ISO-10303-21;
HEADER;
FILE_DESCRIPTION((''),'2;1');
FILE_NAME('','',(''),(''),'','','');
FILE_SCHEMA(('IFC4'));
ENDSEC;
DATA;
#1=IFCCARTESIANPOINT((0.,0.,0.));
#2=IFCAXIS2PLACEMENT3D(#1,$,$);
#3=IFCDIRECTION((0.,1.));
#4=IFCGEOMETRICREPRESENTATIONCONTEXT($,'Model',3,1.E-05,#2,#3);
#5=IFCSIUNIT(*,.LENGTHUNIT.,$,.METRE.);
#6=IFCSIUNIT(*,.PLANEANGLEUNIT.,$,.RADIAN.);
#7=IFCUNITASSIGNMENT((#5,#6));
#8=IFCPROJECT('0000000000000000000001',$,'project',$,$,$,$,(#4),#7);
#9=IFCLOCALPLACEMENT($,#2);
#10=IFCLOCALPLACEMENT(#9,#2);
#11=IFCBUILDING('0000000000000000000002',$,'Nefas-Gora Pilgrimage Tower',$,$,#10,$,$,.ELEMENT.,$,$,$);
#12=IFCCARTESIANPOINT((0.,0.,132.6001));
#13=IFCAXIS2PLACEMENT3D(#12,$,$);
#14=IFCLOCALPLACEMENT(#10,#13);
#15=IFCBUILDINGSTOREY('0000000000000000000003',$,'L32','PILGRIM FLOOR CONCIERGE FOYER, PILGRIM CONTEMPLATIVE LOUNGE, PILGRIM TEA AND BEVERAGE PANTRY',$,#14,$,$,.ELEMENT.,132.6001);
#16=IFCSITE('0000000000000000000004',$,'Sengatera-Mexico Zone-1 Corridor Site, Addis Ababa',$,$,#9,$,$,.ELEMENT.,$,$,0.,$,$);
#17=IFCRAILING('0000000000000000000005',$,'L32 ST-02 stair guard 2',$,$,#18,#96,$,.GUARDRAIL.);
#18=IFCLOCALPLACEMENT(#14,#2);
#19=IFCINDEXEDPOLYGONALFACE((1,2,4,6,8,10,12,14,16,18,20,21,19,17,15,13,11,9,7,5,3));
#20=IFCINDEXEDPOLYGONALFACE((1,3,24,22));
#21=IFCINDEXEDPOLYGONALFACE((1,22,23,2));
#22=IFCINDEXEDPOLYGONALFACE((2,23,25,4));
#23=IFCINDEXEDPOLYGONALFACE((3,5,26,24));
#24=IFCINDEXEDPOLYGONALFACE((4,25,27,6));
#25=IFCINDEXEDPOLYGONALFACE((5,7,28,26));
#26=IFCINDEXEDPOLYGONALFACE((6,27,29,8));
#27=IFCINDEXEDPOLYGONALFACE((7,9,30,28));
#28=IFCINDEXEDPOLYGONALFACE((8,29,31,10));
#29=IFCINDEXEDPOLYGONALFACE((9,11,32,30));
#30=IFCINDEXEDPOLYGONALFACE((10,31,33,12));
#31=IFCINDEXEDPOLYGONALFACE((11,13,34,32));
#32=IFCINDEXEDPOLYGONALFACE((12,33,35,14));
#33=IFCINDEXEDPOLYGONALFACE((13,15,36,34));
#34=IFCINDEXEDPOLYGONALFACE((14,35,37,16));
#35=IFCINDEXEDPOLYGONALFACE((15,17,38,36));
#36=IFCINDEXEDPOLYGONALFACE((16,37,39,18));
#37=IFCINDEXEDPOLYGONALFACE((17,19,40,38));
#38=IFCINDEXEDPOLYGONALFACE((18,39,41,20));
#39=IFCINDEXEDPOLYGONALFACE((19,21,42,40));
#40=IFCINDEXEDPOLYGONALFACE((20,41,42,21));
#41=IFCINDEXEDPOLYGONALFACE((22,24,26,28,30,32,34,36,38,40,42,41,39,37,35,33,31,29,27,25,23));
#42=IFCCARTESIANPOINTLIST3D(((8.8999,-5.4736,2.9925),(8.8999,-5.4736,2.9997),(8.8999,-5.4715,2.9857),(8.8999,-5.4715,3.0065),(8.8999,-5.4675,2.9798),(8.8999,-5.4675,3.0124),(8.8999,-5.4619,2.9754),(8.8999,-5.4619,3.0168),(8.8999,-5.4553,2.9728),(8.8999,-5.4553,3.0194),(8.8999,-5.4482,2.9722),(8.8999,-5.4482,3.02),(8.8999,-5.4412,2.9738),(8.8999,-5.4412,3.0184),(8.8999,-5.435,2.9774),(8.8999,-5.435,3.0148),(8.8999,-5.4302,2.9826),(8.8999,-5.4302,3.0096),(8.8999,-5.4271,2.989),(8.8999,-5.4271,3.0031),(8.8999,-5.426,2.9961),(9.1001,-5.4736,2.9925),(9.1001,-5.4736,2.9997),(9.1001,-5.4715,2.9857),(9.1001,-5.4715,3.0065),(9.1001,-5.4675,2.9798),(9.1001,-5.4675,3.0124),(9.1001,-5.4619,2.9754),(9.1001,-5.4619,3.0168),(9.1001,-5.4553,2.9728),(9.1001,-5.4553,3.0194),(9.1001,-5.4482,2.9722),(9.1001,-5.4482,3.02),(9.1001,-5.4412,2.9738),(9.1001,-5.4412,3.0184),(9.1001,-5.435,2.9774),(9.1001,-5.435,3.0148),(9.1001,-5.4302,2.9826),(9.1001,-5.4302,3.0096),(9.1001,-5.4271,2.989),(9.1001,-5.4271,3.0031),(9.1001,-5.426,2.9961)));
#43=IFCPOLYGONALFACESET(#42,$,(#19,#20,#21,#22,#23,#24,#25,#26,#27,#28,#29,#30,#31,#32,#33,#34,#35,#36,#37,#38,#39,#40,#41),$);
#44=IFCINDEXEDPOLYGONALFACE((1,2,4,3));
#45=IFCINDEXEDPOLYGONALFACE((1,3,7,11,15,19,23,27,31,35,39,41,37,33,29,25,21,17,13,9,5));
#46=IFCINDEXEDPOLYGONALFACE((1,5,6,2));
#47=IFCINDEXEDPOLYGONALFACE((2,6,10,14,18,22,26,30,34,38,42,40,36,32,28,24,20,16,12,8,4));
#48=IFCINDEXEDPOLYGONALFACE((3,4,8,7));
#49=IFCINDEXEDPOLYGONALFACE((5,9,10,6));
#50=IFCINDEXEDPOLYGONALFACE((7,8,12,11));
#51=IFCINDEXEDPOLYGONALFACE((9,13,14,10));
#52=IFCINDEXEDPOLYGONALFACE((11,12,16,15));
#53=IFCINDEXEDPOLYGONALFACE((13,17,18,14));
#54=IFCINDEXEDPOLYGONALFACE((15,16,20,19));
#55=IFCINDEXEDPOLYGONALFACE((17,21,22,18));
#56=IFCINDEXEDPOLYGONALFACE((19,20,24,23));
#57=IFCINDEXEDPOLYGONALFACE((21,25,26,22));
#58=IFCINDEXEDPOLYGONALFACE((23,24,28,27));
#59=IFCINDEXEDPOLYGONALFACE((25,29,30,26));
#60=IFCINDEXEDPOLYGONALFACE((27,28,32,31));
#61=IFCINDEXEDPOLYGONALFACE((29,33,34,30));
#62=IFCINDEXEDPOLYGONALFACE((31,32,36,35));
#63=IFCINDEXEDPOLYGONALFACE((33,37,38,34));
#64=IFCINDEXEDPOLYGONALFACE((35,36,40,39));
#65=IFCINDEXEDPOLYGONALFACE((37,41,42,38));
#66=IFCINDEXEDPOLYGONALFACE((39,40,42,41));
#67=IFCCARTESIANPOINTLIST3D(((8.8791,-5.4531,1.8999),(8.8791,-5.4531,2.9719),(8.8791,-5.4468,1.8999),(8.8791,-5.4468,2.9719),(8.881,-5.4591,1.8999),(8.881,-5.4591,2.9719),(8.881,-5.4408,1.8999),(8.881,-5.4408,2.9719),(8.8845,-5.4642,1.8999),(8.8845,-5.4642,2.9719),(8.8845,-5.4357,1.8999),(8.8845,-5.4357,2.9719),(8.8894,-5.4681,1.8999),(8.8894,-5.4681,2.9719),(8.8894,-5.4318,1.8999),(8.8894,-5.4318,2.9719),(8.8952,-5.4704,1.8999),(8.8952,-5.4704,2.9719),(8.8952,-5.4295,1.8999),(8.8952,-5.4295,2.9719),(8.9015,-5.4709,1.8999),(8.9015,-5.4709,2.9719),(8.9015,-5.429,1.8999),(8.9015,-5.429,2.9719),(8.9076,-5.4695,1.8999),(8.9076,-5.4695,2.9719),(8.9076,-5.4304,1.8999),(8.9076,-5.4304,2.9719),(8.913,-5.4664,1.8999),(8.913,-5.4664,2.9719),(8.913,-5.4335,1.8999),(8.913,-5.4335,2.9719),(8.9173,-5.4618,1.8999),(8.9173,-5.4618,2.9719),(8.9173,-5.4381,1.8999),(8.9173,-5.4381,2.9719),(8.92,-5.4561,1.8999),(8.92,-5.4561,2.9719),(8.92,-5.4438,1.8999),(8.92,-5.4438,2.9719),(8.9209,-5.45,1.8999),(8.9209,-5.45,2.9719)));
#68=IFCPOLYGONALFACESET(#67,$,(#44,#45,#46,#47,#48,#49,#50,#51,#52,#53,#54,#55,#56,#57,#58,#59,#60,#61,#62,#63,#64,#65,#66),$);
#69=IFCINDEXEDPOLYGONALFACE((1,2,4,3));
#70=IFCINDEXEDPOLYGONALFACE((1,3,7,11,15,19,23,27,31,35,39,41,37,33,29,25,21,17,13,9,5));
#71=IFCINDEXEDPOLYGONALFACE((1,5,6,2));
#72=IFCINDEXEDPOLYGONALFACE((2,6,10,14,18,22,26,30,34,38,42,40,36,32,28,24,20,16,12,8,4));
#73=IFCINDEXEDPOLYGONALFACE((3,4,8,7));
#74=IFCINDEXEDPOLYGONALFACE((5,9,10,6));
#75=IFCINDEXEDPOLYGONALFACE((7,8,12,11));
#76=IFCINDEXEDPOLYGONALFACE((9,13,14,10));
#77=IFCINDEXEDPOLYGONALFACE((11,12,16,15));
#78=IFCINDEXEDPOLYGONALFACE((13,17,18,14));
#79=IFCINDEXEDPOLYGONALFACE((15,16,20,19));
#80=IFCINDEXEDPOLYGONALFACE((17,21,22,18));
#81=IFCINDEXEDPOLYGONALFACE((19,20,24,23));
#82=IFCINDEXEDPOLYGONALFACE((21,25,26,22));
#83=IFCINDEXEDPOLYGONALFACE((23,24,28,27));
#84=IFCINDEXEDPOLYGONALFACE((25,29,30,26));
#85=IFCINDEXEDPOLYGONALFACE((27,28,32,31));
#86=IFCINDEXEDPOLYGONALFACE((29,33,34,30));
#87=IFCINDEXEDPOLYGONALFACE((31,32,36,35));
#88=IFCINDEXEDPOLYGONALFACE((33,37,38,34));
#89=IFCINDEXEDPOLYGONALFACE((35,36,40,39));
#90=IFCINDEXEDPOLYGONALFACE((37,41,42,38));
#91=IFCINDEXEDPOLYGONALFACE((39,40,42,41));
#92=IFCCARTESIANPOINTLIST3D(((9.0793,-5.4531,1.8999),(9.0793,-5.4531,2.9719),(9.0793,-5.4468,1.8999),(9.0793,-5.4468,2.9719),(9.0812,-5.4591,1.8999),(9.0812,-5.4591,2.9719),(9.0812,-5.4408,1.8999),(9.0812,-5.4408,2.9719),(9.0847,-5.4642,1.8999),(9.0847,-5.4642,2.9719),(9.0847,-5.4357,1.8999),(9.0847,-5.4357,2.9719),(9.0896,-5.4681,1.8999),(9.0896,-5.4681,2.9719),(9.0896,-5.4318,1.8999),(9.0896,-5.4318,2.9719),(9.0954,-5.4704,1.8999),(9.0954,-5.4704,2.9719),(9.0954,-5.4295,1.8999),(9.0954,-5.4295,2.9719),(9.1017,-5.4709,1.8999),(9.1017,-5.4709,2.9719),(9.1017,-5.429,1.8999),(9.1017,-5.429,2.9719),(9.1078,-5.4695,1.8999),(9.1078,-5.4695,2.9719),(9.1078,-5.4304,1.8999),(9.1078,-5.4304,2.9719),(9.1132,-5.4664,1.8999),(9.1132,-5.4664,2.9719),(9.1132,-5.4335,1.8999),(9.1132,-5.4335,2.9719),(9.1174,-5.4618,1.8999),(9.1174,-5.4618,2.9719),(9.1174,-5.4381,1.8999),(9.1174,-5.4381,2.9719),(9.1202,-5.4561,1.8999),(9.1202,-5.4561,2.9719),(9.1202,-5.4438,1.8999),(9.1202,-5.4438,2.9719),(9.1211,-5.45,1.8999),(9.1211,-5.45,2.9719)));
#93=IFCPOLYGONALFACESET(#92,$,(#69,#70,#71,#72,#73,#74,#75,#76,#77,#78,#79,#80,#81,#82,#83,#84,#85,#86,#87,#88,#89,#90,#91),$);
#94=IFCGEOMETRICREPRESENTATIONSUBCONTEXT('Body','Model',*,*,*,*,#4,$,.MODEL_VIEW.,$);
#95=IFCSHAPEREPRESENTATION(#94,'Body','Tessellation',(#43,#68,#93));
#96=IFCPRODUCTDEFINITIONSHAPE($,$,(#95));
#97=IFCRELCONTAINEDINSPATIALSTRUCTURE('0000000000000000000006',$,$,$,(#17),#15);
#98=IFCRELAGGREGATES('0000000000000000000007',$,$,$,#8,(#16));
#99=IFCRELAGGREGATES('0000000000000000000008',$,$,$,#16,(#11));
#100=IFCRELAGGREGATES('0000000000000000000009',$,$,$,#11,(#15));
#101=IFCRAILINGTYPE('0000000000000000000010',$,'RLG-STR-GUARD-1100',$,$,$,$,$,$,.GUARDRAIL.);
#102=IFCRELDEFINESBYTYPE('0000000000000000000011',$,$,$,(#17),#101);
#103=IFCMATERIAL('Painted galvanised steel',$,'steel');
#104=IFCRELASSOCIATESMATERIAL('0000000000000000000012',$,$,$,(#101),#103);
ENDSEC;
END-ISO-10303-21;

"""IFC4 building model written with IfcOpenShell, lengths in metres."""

from ifc_helpers import new_model, si_unit, direction, frame, origin, origin_2d, place, context, subcontext, project, spatial, circle, extrude, material, type_object, element, save


model = new_model("IFC4")

# Units and contexts
model_context = context("Model", 3, precision=1e-05, world=origin(), true_north=direction((0.0, 1.0)))
body_context = subcontext(model_context, "Body", "Model", "MODEL_VIEW")
ifc_project = project(units=[si_unit("LENGTHUNIT", "METRE"), si_unit("PLANEANGLEUNIT", "RADIAN")], contexts=[model_context])

# Site, building, storey
site_placement = place(None, origin())
site = spatial("IfcSite", under=ifc_project, at=site_placement, Name="Sengatera-Mexico Zone-1 Corridor Site, Addis Ababa", CompositionType="ELEMENT", RefElevation=0.0)
building_placement = place(site_placement, origin())
building = spatial("IfcBuilding", under=site, at=building_placement, Name="Nefas-Gora Pilgrimage Tower", CompositionType="ELEMENT")
storey_placement = place(building_placement, frame((0.0, 0.0, 132.6001)))
storey = spatial("IfcBuildingStorey", under=building, at=storey_placement, Name="L32", Description="PILGRIM FLOOR CONCIERGE FOYER, PILGRIM CONTEMPLATIVE LOUNGE, PILGRIM TEA AND BEVERAGE PANTRY", CompositionType="ELEMENT", Elevation=132.6001)

# Railing
ifc_material_1 = material(Name="Painted galvanised steel", Category="steel")
railing_type_1 = type_object("IfcRailingType", Name="RLG-STR-GUARD-1100", PredefinedType="GUARDRAIL", material=ifc_material_1)
railing_1_placement = place(storey_placement, frame((8.8999, -5.45, 1.8999)))
element("IfcRailing", 1, at=railing_1_placement, inside=storey, type_object=railing_type_1, Name="L32 ST-02 stair guard 2", PredefinedType="GUARDRAIL", context=body_context, shape_type="SweptSolid", body=[
    extrude(circle(Radius=0.0239, at=origin_2d()), frame((0.0, 0.0, 1.0962), z_axis=(1.0, 0.0, 0.0), x_axis=(0.0, 1.0, 0.0)), (0.0, 0.0, 1.0), 0.2002),
    extrude(circle(Radius=0.021, at=origin_2d()), origin(), (0.0, 0.0, 1.0), 1.072),
    extrude(circle(Radius=0.021, at=origin_2d()), frame((0.2002, 0.0, 0.0)), (0.0, 0.0, 1.0), 1.072),
])

save(model, "model.ifc")
